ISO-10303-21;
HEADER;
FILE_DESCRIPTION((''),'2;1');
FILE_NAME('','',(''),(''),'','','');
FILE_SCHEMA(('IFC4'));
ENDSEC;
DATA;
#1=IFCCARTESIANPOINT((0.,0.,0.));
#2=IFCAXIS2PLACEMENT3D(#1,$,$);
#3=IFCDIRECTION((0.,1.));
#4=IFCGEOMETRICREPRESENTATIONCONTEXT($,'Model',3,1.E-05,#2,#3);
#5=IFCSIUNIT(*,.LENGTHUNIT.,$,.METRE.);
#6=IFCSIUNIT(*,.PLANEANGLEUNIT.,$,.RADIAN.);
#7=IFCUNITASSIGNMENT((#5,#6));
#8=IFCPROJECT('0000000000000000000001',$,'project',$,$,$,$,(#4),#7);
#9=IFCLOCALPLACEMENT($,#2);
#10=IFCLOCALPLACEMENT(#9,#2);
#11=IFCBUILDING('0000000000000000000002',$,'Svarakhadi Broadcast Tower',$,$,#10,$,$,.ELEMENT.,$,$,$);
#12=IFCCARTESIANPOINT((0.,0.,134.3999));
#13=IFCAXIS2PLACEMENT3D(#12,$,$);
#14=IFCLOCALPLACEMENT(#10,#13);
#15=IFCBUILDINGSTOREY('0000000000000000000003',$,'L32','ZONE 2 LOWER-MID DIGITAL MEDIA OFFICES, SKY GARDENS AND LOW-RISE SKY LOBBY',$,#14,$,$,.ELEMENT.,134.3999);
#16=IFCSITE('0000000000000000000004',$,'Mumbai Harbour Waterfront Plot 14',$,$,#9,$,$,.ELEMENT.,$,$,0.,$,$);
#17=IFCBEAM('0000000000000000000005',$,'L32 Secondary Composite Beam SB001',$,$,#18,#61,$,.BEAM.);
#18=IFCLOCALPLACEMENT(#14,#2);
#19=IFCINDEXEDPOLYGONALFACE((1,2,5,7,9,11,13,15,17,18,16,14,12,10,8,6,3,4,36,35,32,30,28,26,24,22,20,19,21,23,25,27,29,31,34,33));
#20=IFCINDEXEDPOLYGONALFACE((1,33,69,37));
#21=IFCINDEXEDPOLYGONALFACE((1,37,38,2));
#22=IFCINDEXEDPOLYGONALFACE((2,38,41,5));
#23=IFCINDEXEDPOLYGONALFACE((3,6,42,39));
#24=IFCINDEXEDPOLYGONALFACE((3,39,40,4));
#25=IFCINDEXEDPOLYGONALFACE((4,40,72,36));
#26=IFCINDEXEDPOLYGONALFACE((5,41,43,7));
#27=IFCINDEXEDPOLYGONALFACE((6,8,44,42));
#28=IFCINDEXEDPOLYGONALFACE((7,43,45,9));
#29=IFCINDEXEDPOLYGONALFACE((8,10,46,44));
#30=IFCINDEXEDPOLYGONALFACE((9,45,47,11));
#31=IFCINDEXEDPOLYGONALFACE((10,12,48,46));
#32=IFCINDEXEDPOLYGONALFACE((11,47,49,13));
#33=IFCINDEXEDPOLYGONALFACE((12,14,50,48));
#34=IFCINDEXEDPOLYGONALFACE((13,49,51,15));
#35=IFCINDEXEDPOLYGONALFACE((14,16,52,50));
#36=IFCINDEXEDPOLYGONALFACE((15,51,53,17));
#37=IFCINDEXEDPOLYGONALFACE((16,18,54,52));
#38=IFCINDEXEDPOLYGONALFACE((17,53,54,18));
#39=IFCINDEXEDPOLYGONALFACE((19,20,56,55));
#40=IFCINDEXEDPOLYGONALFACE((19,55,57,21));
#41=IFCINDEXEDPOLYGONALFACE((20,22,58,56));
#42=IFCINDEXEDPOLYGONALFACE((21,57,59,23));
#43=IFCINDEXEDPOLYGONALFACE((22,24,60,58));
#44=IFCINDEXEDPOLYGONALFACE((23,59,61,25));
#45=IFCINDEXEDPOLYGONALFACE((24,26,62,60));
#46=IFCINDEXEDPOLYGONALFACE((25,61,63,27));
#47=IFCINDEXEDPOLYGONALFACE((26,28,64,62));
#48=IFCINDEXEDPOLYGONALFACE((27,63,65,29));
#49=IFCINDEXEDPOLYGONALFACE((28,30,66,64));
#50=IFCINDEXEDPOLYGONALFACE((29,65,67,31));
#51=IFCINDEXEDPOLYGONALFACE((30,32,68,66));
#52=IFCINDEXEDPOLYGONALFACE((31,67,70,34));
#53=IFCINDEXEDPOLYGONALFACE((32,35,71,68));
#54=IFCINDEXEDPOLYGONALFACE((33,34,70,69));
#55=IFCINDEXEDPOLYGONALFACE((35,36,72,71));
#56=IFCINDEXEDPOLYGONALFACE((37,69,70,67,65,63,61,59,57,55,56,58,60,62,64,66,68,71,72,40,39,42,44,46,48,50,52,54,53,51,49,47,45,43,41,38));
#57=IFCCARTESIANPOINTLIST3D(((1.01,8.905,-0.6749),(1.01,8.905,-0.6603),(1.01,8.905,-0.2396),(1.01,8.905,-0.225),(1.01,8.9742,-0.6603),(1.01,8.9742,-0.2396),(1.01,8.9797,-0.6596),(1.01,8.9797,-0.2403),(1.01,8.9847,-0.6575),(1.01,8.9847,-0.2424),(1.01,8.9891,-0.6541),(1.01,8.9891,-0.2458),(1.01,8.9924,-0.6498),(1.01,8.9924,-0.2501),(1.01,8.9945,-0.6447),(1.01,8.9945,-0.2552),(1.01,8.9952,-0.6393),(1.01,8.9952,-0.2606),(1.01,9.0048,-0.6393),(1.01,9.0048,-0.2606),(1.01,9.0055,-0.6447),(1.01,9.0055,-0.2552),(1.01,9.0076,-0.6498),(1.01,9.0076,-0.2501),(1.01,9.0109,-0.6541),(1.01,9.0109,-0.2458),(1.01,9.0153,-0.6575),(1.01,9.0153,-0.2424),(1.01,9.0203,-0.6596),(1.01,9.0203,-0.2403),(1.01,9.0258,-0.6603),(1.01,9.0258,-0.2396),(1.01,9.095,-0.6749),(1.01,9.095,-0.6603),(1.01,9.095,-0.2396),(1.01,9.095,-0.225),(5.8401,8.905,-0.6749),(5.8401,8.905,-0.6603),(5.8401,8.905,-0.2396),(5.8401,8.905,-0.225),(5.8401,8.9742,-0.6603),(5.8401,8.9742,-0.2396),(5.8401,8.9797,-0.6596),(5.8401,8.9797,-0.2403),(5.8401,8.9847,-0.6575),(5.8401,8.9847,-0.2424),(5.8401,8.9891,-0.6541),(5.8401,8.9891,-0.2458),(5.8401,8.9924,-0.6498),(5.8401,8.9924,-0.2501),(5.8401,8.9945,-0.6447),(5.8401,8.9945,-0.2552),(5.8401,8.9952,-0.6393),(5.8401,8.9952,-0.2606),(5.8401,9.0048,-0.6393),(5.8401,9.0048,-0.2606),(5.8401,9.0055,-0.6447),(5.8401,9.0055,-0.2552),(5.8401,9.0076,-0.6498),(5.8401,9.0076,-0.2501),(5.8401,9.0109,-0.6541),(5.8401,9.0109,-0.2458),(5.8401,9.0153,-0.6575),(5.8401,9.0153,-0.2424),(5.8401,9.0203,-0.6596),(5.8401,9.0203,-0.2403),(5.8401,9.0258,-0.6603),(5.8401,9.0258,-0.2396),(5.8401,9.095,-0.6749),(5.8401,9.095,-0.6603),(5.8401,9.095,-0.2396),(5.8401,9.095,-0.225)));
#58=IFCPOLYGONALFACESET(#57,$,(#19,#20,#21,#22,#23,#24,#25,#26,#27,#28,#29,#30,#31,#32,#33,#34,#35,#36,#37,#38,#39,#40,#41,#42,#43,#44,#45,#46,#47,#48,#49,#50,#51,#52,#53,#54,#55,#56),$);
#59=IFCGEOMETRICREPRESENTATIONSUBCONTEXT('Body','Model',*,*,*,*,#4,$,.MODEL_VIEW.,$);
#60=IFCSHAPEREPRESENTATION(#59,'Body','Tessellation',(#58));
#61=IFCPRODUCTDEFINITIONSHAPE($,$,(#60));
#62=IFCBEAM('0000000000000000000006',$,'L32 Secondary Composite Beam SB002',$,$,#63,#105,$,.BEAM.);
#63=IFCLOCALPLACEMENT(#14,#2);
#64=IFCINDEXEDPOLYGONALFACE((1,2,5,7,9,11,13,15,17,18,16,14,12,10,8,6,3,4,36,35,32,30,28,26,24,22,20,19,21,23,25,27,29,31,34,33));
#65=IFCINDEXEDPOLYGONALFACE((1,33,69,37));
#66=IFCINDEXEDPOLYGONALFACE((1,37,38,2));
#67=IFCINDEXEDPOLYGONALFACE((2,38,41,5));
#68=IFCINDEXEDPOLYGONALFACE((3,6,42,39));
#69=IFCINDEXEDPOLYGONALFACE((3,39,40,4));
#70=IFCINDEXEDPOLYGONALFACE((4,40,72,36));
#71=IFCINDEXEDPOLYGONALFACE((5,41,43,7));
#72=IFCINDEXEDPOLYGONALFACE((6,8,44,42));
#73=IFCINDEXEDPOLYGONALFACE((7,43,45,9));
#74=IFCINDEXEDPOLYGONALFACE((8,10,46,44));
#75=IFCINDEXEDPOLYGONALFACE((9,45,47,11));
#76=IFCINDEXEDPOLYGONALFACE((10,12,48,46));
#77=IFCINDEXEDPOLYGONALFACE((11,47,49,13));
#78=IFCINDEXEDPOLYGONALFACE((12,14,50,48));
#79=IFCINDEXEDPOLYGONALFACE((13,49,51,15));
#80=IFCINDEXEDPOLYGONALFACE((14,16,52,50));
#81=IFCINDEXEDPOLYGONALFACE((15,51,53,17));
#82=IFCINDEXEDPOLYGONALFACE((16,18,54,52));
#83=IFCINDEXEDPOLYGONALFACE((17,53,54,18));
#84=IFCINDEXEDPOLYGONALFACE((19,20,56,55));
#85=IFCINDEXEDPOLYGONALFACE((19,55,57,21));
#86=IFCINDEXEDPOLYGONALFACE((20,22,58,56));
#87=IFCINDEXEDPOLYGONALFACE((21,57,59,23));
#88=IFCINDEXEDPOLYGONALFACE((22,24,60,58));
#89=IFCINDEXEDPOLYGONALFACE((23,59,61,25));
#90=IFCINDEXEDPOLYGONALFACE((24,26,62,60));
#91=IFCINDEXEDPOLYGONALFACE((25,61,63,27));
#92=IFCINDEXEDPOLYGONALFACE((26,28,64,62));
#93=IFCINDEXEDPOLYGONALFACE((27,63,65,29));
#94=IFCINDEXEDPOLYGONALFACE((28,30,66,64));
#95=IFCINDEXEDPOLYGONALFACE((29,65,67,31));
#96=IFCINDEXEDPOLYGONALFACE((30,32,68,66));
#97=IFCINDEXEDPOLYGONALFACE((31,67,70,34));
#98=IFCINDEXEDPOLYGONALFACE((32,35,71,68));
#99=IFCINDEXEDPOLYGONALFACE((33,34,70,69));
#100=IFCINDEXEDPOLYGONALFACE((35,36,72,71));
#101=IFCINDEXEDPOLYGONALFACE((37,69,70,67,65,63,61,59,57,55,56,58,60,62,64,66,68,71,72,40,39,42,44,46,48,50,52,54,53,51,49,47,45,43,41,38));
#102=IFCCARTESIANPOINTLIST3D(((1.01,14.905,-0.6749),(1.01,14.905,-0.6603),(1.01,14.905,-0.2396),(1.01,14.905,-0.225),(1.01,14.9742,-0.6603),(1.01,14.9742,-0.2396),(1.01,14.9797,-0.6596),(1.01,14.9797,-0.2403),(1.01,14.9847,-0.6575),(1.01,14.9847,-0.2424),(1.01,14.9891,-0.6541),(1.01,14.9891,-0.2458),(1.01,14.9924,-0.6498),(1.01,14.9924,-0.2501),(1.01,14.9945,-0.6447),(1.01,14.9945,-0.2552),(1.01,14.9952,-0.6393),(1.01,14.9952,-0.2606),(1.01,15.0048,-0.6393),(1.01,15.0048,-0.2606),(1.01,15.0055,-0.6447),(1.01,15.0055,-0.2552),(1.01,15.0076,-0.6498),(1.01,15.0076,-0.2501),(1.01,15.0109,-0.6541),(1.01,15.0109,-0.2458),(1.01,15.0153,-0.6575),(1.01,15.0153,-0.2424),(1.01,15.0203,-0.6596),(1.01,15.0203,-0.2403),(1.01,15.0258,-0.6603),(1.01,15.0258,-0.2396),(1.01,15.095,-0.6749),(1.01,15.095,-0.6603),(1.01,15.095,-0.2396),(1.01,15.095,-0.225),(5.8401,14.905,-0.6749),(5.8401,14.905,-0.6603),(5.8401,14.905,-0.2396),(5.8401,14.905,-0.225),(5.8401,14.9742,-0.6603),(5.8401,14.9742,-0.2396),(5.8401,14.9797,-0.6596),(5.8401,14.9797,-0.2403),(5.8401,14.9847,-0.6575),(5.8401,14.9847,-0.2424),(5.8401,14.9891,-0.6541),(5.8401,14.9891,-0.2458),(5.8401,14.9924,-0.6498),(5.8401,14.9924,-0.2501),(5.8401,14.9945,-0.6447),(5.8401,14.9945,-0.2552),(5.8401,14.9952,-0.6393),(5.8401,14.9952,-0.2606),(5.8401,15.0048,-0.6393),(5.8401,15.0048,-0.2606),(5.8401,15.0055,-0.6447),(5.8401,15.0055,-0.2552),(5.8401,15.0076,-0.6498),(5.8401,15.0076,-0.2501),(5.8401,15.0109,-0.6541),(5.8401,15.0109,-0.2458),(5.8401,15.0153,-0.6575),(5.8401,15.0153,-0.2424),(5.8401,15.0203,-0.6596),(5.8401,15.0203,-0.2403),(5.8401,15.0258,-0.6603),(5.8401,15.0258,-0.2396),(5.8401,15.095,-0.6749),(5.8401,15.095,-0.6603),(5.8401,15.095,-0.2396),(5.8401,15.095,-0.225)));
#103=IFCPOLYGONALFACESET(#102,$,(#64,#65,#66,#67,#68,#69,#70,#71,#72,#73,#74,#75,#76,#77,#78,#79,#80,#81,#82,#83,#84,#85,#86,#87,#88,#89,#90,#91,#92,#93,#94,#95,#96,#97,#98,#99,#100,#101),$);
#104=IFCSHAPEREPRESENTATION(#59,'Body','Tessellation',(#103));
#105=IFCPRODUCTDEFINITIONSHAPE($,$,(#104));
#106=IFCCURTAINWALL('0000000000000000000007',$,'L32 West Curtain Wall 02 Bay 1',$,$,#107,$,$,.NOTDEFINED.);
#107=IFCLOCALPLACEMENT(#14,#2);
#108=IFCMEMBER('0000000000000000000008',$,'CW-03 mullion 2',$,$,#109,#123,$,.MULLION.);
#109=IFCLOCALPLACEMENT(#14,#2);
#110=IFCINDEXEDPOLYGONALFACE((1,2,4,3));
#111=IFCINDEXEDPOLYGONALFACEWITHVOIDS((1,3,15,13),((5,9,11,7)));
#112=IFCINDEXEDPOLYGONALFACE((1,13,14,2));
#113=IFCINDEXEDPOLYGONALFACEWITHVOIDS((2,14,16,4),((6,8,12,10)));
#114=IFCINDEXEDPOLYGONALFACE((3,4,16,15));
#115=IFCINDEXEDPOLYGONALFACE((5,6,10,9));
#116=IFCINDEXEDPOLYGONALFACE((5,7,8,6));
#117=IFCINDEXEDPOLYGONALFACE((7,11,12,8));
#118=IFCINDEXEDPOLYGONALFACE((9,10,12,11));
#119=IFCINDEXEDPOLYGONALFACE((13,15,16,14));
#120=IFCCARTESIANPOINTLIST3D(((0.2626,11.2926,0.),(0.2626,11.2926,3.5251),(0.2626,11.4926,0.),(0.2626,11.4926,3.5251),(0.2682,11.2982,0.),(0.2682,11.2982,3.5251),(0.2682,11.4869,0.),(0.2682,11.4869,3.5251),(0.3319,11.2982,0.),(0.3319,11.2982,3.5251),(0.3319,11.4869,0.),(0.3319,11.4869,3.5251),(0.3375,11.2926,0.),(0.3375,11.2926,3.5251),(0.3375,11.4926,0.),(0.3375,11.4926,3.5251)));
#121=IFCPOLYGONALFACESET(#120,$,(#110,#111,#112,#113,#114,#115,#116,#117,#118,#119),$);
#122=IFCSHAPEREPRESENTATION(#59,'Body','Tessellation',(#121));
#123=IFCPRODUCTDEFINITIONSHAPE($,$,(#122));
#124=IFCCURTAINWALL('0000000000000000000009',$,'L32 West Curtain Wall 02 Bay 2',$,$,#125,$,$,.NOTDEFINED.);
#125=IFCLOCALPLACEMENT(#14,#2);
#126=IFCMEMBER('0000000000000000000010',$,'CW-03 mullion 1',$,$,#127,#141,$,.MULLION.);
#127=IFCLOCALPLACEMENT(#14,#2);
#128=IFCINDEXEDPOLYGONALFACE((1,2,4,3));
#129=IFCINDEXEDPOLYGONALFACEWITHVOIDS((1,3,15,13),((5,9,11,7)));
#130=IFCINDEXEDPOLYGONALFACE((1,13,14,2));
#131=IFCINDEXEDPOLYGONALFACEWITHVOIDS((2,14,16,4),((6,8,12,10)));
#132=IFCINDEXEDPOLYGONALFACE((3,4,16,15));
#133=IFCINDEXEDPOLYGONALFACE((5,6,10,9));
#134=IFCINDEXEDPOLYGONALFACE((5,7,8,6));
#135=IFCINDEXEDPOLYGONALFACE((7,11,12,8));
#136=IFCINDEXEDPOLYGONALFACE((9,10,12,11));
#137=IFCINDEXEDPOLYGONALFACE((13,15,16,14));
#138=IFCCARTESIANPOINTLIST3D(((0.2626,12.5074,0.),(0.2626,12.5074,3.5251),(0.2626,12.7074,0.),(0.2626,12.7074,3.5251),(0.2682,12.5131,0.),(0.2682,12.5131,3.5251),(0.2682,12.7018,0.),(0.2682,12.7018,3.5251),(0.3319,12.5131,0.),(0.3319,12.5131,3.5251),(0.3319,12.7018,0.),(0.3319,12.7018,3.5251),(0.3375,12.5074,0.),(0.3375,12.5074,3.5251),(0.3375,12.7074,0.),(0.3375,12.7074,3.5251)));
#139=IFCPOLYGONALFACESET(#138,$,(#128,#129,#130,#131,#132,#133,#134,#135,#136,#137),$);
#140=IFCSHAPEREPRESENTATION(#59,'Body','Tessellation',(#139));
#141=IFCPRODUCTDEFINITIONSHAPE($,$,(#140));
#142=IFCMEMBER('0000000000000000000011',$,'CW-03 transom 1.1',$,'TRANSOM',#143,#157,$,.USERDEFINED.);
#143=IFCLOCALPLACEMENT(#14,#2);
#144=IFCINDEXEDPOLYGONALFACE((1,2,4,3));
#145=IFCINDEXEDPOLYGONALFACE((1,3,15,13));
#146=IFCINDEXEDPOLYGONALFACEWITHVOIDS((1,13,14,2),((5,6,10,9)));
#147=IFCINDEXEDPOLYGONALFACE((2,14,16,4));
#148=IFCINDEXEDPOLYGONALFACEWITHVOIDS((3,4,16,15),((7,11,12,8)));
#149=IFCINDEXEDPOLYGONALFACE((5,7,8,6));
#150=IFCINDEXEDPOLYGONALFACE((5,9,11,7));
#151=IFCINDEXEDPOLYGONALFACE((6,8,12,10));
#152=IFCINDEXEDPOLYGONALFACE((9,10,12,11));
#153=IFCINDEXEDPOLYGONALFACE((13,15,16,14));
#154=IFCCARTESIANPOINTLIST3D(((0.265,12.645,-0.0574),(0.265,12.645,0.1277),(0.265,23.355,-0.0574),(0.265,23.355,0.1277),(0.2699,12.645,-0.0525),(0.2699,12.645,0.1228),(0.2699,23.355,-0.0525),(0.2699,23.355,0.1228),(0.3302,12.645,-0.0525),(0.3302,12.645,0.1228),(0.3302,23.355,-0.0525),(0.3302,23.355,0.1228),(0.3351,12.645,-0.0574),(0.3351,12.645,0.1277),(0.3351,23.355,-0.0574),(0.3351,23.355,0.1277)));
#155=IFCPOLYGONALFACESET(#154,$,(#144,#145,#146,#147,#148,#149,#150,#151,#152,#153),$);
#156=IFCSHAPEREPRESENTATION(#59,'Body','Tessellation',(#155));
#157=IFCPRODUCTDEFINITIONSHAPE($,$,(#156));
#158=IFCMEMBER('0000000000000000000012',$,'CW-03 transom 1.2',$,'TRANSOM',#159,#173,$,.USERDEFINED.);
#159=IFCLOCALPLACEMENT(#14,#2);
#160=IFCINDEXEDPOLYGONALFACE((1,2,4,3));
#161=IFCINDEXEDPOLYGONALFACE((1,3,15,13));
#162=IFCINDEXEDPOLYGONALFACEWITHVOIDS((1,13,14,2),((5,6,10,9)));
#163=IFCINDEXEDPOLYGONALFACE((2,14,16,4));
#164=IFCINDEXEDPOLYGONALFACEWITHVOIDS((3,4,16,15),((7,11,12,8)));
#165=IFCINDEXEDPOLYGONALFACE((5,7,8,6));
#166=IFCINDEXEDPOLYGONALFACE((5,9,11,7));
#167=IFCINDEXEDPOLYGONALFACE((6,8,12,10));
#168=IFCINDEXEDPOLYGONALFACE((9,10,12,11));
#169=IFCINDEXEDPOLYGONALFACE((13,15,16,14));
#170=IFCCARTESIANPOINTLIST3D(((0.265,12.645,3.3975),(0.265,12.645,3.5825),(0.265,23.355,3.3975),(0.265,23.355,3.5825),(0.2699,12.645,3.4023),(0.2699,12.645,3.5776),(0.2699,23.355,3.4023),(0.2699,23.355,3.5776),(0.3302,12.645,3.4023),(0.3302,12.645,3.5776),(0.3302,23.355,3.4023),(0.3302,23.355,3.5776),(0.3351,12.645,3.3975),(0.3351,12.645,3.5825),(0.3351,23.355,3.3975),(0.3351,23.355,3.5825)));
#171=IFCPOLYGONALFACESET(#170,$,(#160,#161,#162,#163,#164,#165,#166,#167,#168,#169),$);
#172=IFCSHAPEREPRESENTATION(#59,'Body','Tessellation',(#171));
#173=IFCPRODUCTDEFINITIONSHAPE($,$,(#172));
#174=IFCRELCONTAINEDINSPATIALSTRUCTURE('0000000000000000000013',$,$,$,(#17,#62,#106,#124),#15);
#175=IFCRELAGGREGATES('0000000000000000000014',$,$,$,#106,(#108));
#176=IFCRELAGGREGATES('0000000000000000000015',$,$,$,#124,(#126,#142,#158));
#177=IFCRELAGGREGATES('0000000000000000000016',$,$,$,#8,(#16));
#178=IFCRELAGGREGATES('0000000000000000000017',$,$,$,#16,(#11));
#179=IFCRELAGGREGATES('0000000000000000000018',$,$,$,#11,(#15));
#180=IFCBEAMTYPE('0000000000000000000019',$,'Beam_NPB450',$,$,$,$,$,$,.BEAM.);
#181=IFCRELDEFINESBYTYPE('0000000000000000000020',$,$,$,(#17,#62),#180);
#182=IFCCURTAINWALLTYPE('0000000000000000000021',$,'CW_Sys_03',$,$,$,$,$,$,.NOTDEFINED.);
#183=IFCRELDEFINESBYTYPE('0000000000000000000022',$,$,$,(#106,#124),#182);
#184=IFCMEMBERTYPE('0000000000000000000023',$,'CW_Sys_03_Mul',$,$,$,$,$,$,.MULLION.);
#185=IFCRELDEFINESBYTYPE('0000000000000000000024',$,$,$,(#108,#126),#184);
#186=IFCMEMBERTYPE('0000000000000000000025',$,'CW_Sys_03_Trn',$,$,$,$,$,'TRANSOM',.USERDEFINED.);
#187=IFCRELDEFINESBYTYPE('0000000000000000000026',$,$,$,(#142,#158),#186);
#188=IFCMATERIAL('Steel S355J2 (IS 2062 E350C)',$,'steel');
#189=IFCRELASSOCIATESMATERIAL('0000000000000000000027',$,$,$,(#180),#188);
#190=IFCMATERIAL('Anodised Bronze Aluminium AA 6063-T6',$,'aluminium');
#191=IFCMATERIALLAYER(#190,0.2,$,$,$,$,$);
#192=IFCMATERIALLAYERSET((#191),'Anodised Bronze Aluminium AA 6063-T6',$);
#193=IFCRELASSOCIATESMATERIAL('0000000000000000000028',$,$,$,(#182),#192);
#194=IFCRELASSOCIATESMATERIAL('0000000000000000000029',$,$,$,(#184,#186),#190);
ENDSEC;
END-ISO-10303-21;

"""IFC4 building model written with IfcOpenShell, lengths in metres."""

from ifc_helpers import new_model, si_unit, direction, frame, origin, origin_2d, place, context, subcontext, project, spatial, hollow_rectangle, i_section, extrude, material, layer, layer_set, material_profile, profile_set, type_object, element, aggregate, save


model = new_model("IFC4")

# Units and contexts
model_context = context("Model", 3, precision=1e-05, world=origin(), true_north=direction((0.0, 1.0)))
body_context = subcontext(model_context, "Body", "Model", "MODEL_VIEW")
ifc_project = project(units=[si_unit("LENGTHUNIT", "METRE"), si_unit("PLANEANGLEUNIT", "RADIAN")], contexts=[model_context])

# Site, building, storey
site_placement = place(None, origin())
site = spatial("IfcSite", under=ifc_project, at=site_placement, Name="Mumbai Harbour Waterfront Plot 14", CompositionType="ELEMENT", RefElevation=0.0)
building_placement = place(site_placement, origin())
building = spatial("IfcBuilding", under=site, at=building_placement, Name="Svarakhadi Broadcast Tower", CompositionType="ELEMENT")
storey_placement = place(building_placement, frame((0.0, 0.0, 134.3999)))
storey = spatial("IfcBuildingStorey", under=building, at=storey_placement, Name="L32", Description="ZONE 2 LOWER-MID DIGITAL MEDIA OFFICES, SKY GARDENS AND LOW-RISE SKY LOBBY", CompositionType="ELEMENT", Elevation=134.3999)

# Beams
ifc_material_1 = material(Name="Steel S355J2 (IS 2062 E350C)", Category="steel")
ifc_material_profile_1 = material_profile(ifc_material_1, i_section(OverallWidth=0.1899, OverallDepth=0.45, WebThickness=0.0095, FlangeThickness=0.0146, FilletRadius=0.021, at=origin_2d()), Name="NPB 450x190x78")
ifc_profile_set_1 = profile_set([ifc_material_profile_1], Name="Steel S355J2 (IS 2062 E350C)")
beam_type_1 = type_object("IfcBeamType", Name="Beam_NPB450", PredefinedType="BEAM", material=ifc_profile_set_1)
for number, where, z_axis, x_axis, name in (
    (1, (1.01, 9.0, -0.45), (1.0, 0.0, 0.0), (0.0, 1.0, 0.0), "L32 Secondary Composite Beam SB001"),
    (2, (1.01, 15.0, -0.45), (1.0, 0.0, 0.0), (0.0, 1.0, 0.0), "L32 Secondary Composite Beam SB002"),
):
    element("IfcBeam", number, at=place(storey_placement, frame(where, z_axis=z_axis, x_axis=x_axis)), inside=storey, type_object=beam_type_1, Name=name, PredefinedType="BEAM", context=body_context, shape_type="SweptSolid", body=[
        extrude(i_section(OverallWidth=0.1899, OverallDepth=0.45, WebThickness=0.0095, FlangeThickness=0.0146, FilletRadius=0.021, at=origin_2d()), origin(), (0.0, 0.0, 1.0), 4.8301),
    ])

# Curtain wall, member
ifc_material_2 = material(Name="Anodised Bronze Aluminium AA 6063-T6", Category="aluminium")
ifc_layer_1 = layer(ifc_material_2, 0.2)
ifc_layer_set_1 = layer_set([ifc_layer_1], Name="Anodised Bronze Aluminium AA 6063-T6")
curtain_wall_type = type_object("IfcCurtainWallType", Name="CW_Sys_03", PredefinedType="NOTDEFINED", material=ifc_layer_set_1)
curtain_wall_1_placement = place(storey_placement, origin())
curtain_wall_1 = element("IfcCurtainWall", 3, at=curtain_wall_1_placement, inside=storey, type_object=curtain_wall_type, Name="L32 West Curtain Wall 02 Bay 1", PredefinedType="NOTDEFINED")
ifc_material_profile_2 = material_profile(ifc_material_2, hollow_rectangle(XDim=0.075, YDim=0.2, WallThickness=0.0056, at=origin_2d()), Name="ALU MULLION 200x75x6")
ifc_profile_set_2 = profile_set([ifc_material_profile_2], Name="Anodised Bronze Aluminium AA 6063-T6")
member_type_1 = type_object("IfcMemberType", Name="CW_Sys_03_Mul", PredefinedType="MULLION", material=ifc_profile_set_2)
member_1_placement = place(storey_placement, frame((0.3, 11.3926, 0.0), z_axis=(0.0, 0.0, 1.0), x_axis=(-1.0, 0.0, 0.0)))
member_1 = element("IfcMember", 4, at=member_1_placement, type_object=member_type_1, Name="CW-03 mullion 2", PredefinedType="MULLION", context=body_context, shape_type="SweptSolid", body=[
    extrude(hollow_rectangle(XDim=0.075, YDim=0.2, WallThickness=0.0056, at=origin_2d()), origin(), (0.0, 0.0, 1.0), 3.5251),
])

# Curtain wall, members
curtain_wall_2_placement = place(storey_placement, origin())
curtain_wall_2 = element("IfcCurtainWall", 5, at=curtain_wall_2_placement, inside=storey, type_object=curtain_wall_type, Name="L32 West Curtain Wall 02 Bay 2", PredefinedType="NOTDEFINED")
member_2_placement = place(storey_placement, frame((0.3, 12.6074, 0.0), z_axis=(0.0, 0.0, 1.0), x_axis=(-1.0, 0.0, 0.0)))
member_2 = element("IfcMember", 6, at=member_2_placement, type_object=member_type_1, Name="CW-03 mullion 1", PredefinedType="MULLION", context=body_context, shape_type="SweptSolid", body=[
    extrude(hollow_rectangle(XDim=0.075, YDim=0.2, WallThickness=0.0056, at=origin_2d()), origin(), (0.0, 0.0, 1.0), 3.5251),
])
ifc_material_profile_3 = material_profile(ifc_material_2, hollow_rectangle(XDim=0.0701, YDim=0.1851, WallThickness=0.0049, at=origin_2d()), Name="ALU TRANSOM 185x70x5")
ifc_profile_set_3 = profile_set([ifc_material_profile_3], Name="Anodised Bronze Aluminium AA 6063-T6")
member_type_2 = type_object("IfcMemberType", Name="CW_Sys_03_Trn", ElementType="TRANSOM", PredefinedType="USERDEFINED", material=ifc_profile_set_3)
member_3_placement = place(storey_placement, frame((0.3, 12.645, 0.0352), z_axis=(0.0, 1.0, 0.0), x_axis=(-1.0, 0.0, 0.0)))
member_3 = element("IfcMember", 7, at=member_3_placement, type_object=member_type_2, Name="CW-03 transom 1.1", ObjectType="TRANSOM", PredefinedType="USERDEFINED", context=body_context, shape_type="SweptSolid", body=[
    extrude(hollow_rectangle(XDim=0.0701, YDim=0.1851, WallThickness=0.0049, at=origin_2d()), origin(), (0.0, 0.0, 1.0), 10.71),
])
member_4_placement = place(storey_placement, frame((0.3, 12.645, 3.49), z_axis=(0.0, 1.0, 0.0), x_axis=(-1.0, 0.0, 0.0)))
member_4 = element("IfcMember", 8, at=member_4_placement, type_object=member_type_2, Name="CW-03 transom 1.2", ObjectType="TRANSOM", PredefinedType="USERDEFINED", context=body_context, shape_type="SweptSolid", body=[
    extrude(hollow_rectangle(XDim=0.0701, YDim=0.1851, WallThickness=0.0049, at=origin_2d()), origin(), (0.0, 0.0, 1.0), 10.71),
])

aggregate(curtain_wall_1, [member_1])
aggregate(curtain_wall_2, [member_2, member_3, member_4])

save(model, "model.ifc")
